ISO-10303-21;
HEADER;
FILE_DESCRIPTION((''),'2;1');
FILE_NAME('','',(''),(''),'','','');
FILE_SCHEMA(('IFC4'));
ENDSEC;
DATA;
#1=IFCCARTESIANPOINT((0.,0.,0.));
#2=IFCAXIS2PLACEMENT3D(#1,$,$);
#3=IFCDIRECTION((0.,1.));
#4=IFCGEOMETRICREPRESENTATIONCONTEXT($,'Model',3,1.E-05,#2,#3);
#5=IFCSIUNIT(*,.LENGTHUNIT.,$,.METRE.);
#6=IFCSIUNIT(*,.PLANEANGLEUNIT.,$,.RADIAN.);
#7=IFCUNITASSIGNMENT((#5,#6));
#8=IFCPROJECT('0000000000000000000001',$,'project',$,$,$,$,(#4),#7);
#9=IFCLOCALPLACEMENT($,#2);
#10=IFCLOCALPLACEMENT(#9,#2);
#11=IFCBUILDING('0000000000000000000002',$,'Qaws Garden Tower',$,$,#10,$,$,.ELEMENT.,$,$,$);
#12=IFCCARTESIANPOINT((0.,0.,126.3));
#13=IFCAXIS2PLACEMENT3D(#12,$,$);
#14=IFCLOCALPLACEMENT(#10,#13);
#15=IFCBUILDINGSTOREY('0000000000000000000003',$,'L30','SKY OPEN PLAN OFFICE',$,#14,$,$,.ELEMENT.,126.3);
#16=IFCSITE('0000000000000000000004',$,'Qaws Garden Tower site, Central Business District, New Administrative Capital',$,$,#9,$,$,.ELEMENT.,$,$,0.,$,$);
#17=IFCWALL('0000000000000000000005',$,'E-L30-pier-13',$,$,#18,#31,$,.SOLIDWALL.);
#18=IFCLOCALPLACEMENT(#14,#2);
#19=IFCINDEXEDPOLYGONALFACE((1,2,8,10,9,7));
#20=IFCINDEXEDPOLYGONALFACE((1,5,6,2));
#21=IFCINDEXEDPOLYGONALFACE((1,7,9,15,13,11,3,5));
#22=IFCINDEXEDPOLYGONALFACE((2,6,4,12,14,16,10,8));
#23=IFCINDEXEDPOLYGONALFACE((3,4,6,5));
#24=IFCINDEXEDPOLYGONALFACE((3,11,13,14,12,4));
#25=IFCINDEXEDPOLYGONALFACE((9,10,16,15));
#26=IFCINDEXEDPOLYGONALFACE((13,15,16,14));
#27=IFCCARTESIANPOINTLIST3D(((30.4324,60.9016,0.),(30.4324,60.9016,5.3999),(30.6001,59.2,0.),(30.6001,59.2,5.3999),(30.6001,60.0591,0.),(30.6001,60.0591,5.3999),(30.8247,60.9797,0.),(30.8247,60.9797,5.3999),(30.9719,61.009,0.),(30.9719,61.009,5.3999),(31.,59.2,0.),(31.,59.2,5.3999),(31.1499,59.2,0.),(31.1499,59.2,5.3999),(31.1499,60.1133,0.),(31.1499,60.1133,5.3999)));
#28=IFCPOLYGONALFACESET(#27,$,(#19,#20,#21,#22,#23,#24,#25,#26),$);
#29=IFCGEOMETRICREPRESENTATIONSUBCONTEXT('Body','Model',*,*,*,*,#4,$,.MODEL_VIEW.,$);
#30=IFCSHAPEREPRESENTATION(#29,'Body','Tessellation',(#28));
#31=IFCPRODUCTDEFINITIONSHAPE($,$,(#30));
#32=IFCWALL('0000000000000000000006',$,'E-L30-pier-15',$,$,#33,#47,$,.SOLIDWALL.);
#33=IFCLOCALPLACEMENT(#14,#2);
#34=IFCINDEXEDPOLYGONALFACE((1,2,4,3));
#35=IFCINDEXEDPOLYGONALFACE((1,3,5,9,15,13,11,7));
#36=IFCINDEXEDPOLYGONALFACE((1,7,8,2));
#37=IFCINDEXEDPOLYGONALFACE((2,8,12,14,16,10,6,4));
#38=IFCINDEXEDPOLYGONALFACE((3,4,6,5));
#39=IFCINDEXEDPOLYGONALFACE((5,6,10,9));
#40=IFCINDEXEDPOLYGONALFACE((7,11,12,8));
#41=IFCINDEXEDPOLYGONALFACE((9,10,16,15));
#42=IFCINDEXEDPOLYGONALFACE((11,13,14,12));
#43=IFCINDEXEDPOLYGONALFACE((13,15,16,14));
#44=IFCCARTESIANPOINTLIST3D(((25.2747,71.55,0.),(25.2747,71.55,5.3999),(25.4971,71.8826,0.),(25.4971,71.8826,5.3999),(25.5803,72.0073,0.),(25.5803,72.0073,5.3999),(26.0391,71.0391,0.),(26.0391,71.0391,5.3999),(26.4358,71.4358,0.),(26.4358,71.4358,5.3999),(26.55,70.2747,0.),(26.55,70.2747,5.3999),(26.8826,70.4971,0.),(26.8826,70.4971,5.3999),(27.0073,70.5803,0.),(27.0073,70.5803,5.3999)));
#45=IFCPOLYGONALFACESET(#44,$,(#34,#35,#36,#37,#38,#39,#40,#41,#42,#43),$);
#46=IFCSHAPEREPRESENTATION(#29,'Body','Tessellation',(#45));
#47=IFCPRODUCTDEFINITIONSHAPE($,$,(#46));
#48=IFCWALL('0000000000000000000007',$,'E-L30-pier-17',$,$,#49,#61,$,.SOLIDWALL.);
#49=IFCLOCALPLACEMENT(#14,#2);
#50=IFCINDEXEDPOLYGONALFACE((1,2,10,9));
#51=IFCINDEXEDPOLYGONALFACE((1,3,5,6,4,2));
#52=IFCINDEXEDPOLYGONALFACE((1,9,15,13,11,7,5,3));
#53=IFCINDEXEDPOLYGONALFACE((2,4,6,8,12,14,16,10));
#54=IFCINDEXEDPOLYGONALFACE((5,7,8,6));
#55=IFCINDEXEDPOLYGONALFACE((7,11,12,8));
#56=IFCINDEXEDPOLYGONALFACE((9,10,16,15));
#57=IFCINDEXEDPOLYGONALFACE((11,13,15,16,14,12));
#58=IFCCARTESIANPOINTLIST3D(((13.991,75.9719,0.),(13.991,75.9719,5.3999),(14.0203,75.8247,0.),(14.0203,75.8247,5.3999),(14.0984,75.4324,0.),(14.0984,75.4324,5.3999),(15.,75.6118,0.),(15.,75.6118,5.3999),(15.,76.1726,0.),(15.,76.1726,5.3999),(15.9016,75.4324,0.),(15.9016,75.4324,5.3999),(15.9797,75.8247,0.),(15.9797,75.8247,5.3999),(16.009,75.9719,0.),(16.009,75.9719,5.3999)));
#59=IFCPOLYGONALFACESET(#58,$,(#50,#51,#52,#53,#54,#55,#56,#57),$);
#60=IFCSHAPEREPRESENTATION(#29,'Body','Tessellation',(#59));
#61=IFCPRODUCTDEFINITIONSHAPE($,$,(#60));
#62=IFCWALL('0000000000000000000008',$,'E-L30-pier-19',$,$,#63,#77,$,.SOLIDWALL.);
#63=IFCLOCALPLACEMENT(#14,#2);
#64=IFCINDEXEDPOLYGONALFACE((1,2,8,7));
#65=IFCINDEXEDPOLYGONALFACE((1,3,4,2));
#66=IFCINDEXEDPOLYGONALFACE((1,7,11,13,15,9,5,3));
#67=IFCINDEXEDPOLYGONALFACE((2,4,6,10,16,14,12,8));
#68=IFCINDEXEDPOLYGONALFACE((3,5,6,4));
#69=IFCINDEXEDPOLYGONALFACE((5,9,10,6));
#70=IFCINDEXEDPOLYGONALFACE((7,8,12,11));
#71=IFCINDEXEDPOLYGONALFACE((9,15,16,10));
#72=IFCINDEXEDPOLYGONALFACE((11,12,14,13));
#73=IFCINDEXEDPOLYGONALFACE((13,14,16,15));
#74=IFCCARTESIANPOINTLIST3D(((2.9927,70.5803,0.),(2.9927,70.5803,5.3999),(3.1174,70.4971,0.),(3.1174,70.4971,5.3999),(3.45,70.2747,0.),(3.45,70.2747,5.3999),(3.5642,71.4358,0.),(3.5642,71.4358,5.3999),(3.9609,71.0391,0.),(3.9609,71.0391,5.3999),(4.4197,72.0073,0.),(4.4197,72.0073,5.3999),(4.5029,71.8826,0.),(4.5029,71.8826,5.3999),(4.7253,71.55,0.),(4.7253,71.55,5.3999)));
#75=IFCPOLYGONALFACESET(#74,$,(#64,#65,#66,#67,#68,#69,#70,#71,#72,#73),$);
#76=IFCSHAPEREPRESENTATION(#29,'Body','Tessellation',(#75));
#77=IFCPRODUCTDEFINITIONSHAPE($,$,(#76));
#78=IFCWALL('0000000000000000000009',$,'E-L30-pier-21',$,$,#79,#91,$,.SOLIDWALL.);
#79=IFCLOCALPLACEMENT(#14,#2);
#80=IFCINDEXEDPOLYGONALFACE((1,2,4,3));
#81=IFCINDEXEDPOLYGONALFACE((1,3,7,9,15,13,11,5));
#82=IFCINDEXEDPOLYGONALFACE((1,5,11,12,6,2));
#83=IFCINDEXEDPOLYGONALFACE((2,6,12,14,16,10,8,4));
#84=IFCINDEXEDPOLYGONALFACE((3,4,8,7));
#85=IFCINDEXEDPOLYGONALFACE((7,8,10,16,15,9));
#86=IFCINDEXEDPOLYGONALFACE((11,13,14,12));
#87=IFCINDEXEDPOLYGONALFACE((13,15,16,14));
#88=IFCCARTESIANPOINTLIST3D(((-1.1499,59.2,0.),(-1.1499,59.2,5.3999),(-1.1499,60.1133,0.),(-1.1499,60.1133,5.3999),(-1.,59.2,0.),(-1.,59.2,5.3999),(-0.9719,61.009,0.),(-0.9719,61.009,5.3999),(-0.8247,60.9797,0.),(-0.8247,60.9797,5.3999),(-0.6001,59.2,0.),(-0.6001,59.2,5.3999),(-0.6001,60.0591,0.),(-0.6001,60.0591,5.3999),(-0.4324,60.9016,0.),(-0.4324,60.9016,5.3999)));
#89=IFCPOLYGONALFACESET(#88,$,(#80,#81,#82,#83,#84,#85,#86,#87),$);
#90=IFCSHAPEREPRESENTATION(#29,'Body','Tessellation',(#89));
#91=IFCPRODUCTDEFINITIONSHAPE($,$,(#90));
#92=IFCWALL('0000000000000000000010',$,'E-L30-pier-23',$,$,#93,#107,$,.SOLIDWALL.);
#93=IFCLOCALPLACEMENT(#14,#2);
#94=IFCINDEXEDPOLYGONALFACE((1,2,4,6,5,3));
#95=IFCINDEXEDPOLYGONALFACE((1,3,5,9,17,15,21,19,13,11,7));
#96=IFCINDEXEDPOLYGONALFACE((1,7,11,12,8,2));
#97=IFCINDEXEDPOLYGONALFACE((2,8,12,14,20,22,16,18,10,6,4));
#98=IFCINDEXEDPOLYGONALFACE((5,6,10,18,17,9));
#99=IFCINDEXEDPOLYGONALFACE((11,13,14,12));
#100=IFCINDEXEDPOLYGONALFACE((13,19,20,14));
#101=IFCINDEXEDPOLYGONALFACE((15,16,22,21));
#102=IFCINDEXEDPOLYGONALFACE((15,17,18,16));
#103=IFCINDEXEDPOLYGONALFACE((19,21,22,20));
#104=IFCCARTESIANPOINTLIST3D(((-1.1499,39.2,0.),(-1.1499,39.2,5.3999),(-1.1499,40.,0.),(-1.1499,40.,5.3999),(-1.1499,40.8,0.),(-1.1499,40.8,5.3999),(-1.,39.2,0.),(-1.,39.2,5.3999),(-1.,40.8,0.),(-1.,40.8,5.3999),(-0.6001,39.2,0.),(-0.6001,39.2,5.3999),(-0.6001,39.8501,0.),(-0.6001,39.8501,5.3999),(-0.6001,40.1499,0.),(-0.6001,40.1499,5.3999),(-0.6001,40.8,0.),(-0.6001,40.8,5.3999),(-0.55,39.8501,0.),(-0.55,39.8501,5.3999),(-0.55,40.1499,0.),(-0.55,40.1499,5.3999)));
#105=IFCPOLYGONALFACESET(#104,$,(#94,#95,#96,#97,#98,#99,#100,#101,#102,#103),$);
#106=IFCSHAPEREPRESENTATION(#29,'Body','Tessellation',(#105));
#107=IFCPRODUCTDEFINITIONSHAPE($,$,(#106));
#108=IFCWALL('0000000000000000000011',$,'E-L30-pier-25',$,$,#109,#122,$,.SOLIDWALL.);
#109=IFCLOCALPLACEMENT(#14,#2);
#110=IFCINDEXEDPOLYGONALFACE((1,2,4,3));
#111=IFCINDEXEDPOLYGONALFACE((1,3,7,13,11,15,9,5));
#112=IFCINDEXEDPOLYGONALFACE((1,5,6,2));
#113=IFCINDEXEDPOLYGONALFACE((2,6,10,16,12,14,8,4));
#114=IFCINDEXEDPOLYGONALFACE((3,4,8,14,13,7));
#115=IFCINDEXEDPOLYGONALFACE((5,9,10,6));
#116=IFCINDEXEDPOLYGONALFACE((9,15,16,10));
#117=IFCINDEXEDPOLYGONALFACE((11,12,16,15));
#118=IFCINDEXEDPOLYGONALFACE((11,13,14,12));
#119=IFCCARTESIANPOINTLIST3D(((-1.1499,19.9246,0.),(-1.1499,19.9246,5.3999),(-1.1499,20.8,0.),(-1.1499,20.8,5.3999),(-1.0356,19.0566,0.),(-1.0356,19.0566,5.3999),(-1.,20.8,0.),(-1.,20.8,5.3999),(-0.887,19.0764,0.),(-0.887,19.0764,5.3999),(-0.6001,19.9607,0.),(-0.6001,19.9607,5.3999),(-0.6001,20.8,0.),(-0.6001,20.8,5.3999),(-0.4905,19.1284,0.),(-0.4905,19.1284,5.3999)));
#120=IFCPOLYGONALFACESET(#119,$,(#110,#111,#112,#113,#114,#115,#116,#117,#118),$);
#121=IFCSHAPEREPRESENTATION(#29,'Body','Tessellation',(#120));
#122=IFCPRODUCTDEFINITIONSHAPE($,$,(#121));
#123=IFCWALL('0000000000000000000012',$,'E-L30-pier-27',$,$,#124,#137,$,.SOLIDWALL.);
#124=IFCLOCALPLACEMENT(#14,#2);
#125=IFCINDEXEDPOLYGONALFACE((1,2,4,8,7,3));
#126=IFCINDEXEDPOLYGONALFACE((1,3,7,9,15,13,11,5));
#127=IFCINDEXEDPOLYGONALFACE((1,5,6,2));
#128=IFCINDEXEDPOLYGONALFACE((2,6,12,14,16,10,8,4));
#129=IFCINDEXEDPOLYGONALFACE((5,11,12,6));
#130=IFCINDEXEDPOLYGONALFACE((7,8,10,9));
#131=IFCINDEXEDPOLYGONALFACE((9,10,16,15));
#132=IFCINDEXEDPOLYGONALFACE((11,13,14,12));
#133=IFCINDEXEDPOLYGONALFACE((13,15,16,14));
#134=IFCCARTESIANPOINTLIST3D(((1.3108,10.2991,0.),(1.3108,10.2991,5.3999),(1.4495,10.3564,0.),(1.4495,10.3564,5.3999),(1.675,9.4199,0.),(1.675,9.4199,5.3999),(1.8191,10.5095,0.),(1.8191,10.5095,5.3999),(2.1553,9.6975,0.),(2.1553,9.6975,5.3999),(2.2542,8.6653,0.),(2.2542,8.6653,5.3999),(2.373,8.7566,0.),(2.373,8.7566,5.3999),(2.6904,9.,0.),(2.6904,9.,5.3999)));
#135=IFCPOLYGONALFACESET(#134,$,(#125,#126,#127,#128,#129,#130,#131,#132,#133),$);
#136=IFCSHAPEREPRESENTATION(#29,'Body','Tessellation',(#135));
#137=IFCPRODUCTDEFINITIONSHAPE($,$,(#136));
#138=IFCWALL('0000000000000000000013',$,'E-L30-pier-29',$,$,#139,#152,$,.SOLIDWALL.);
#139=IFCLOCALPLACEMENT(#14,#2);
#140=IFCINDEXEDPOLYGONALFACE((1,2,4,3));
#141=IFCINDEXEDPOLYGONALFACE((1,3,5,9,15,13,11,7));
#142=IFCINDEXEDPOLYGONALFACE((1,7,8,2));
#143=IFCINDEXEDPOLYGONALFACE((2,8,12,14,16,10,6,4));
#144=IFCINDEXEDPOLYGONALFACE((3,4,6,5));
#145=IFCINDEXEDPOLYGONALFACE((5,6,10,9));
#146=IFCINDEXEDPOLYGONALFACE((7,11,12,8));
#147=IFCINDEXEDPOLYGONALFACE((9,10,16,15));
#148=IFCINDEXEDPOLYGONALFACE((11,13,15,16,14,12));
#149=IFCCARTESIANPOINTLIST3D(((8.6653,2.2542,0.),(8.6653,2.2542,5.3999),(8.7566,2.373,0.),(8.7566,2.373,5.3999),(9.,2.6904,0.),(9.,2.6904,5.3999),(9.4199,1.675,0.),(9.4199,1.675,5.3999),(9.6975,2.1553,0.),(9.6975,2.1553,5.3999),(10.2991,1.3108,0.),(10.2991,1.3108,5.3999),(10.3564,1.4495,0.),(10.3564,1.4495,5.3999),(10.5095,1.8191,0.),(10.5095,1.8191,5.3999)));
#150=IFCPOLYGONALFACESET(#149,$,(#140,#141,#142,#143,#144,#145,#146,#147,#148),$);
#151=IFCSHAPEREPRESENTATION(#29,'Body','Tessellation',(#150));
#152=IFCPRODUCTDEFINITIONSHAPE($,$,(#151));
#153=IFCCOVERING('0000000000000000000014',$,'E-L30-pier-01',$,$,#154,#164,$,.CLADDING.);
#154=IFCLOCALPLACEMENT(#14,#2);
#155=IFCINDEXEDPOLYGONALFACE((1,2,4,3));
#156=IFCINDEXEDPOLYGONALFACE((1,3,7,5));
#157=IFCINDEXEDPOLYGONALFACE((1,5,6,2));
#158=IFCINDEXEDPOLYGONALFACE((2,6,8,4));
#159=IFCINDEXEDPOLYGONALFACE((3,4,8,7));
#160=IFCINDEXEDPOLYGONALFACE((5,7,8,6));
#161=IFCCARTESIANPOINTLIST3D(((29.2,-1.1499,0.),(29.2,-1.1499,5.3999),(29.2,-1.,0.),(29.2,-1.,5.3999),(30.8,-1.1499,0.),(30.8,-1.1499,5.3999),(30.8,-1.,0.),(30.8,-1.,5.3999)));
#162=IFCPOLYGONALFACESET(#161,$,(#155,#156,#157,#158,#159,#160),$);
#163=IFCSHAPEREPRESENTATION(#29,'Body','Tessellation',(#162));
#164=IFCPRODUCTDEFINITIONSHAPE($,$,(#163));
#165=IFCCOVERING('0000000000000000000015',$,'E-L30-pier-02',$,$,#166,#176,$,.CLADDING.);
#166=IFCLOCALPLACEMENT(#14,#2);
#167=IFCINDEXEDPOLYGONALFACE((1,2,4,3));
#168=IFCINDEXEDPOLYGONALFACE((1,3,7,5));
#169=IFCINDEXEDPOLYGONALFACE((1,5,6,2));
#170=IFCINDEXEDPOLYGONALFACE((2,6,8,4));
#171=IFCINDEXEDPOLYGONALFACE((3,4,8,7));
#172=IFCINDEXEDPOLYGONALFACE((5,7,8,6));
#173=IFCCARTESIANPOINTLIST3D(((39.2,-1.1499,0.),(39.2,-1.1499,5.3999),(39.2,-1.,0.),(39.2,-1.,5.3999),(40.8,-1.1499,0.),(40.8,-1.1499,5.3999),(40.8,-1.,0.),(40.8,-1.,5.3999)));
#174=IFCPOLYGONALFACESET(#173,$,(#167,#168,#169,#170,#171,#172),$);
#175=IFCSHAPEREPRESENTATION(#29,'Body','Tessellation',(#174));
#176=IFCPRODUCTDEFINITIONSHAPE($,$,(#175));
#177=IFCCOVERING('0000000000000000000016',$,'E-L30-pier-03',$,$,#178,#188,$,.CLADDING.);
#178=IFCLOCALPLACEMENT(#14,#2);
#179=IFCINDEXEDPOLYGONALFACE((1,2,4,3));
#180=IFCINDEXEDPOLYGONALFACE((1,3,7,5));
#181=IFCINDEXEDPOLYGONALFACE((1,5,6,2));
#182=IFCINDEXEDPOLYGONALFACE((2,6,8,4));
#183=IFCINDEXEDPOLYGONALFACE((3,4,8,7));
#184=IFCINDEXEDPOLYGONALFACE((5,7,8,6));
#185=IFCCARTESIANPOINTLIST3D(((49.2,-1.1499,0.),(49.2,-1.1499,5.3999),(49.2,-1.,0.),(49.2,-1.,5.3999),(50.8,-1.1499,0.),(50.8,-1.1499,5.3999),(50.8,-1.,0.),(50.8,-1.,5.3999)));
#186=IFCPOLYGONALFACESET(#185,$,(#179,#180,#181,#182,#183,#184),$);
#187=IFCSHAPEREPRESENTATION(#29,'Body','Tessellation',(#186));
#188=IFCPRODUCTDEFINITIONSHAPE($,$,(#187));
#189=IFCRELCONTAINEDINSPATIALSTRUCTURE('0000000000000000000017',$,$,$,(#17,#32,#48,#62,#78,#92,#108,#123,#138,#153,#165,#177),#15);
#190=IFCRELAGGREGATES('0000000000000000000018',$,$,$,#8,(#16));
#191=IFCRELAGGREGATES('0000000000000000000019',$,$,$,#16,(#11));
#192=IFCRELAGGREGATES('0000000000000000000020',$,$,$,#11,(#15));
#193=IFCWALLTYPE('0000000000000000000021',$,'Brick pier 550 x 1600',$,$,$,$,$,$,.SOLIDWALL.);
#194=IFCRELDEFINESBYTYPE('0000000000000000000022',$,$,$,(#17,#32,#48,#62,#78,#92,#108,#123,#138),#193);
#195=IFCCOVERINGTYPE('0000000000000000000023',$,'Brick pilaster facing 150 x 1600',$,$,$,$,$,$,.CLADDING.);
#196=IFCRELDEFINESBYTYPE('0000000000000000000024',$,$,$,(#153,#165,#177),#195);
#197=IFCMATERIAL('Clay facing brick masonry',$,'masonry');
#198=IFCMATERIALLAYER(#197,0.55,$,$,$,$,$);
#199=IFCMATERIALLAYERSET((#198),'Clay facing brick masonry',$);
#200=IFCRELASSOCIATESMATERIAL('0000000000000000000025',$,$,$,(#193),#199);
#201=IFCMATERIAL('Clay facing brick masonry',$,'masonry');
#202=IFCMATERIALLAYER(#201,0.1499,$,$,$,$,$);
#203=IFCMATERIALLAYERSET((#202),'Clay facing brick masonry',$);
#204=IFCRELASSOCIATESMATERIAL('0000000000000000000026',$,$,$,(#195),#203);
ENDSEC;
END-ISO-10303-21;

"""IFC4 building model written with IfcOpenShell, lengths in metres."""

from ifc_helpers import new_model, si_unit, direction, frame, origin, place, context, subcontext, project, spatial, polyline, outline, extrude, material, layer, layer_set, type_object, element, save


model = new_model("IFC4")

# Units and contexts
model_context = context("Model", 3, precision=1e-05, world=origin(), true_north=direction((0.0, 1.0)))
body_context = subcontext(model_context, "Body", "Model", "MODEL_VIEW")
ifc_project = project(units=[si_unit("LENGTHUNIT", "METRE"), si_unit("PLANEANGLEUNIT", "RADIAN")], contexts=[model_context])

# Site, building, storey
site_placement = place(None, origin())
site = spatial("IfcSite", under=ifc_project, at=site_placement, Name="Qaws Garden Tower site, Central Business District, New Administrative Capital", CompositionType="ELEMENT", RefElevation=0.0)
building_placement = place(site_placement, origin())
building = spatial("IfcBuilding", under=site, at=building_placement, Name="Qaws Garden Tower", CompositionType="ELEMENT")
storey_placement = place(building_placement, frame((0.0, 0.0, 126.3)))
storey = spatial("IfcBuildingStorey", under=building, at=storey_placement, Name="L30", Description="SKY OPEN PLAN OFFICE", CompositionType="ELEMENT", Elevation=126.3)

# Walls
placement_1 = place(storey_placement, origin())
ifc_material_1 = material(Name="Clay facing brick masonry", Category="masonry")
ifc_layer_1 = layer(ifc_material_1, 0.55)
ifc_layer_set_1 = layer_set([ifc_layer_1], Name="Clay facing brick masonry")
wall_type_1 = type_object("IfcWallType", Name="Brick pier 550 x 1600", PredefinedType="SOLIDWALL", material=ifc_layer_set_1)
element("IfcWall", 1, at=placement_1, inside=storey, type_object=wall_type_1, Name="E-L30-pier-13", PredefinedType="SOLIDWALL", context=body_context, shape_type="SweptSolid", body=[
    extrude(outline(polyline([(31.0, 59.2), (31.1499, 59.2), (31.1499, 60.1133), (30.9719, 61.009), (30.8247, 60.9797), (30.4324, 60.9016), (30.6001, 60.0591), (30.6001, 59.2), (31.0, 59.2)])), origin(), (0.0, 0.0, 1.0), 5.3999),
])
element("IfcWall", 2, at=placement_1, inside=storey, type_object=wall_type_1, Name="E-L30-pier-15", PredefinedType="SOLIDWALL", context=body_context, shape_type="SweptSolid", body=[
    extrude(outline(polyline([(26.8826, 70.4971), (27.0073, 70.5803), (26.4358, 71.4358), (25.5803, 72.0073), (25.4971, 71.8826), (25.2747, 71.55), (26.0391, 71.0391), (26.55, 70.2747), (26.8826, 70.4971)])), origin(), (0.0, 0.0, 1.0), 5.3999),
])
element("IfcWall", 3, at=placement_1, inside=storey, type_object=wall_type_1, Name="E-L30-pier-17", PredefinedType="SOLIDWALL", context=body_context, shape_type="SweptSolid", body=[
    extrude(outline(polyline([(15.9797, 75.8247), (16.009, 75.9719), (15.0, 76.1726), (13.991, 75.9719), (14.0203, 75.8247), (14.0984, 75.4324), (15.0, 75.6118), (15.9016, 75.4324), (15.9797, 75.8247)])), origin(), (0.0, 0.0, 1.0), 5.3999),
])
element("IfcWall", 4, at=placement_1, inside=storey, type_object=wall_type_1, Name="E-L30-pier-19", PredefinedType="SOLIDWALL", context=body_context, shape_type="SweptSolid", body=[
    extrude(outline(polyline([(4.5029, 71.8826), (4.4197, 72.0073), (3.5642, 71.4358), (2.9927, 70.5803), (3.1174, 70.4971), (3.45, 70.2747), (3.9609, 71.0391), (4.7253, 71.55), (4.5029, 71.8826)])), origin(), (0.0, 0.0, 1.0), 5.3999),
])
element("IfcWall", 5, at=placement_1, inside=storey, type_object=wall_type_1, Name="E-L30-pier-21", PredefinedType="SOLIDWALL", context=body_context, shape_type="SweptSolid", body=[
    extrude(outline(polyline([(-0.8247, 60.9797), (-0.9719, 61.009), (-1.1499, 60.1133), (-1.1499, 59.2), (-1.0, 59.2), (-0.6001, 59.2), (-0.6001, 60.0591), (-0.4324, 60.9016), (-0.8247, 60.9797)])), origin(), (0.0, 0.0, 1.0), 5.3999),
])
element("IfcWall", 6, at=placement_1, inside=storey, type_object=wall_type_1, Name="E-L30-pier-23", PredefinedType="SOLIDWALL", context=body_context, shape_type="SweptSolid", body=[
    extrude(outline(polyline([(-0.6001, 39.2), (-0.6001, 39.8501), (-0.55, 39.8501), (-0.55, 40.1499), (-0.6001, 40.1499), (-0.6001, 40.8), (-1.0, 40.8), (-1.1499, 40.8), (-1.1499, 40.0), (-1.1499, 39.2), (-1.0, 39.2), (-0.6001, 39.2)])), origin(), (0.0, 0.0, 1.0), 5.3999),
])
element("IfcWall", 7, at=placement_1, inside=storey, type_object=wall_type_1, Name="E-L30-pier-25", PredefinedType="SOLIDWALL", context=body_context, shape_type="SweptSolid", body=[
    extrude(outline(polyline([(-1.0, 20.8), (-1.1499, 20.8), (-1.1499, 19.9246), (-1.0356, 19.0566), (-0.887, 19.0764), (-0.4905, 19.1284), (-0.6001, 19.9607), (-0.6001, 20.8), (-1.0, 20.8)])), origin(), (0.0, 0.0, 1.0), 5.3999),
])
element("IfcWall", 8, at=placement_1, inside=storey, type_object=wall_type_1, Name="E-L30-pier-27", PredefinedType="SOLIDWALL", context=body_context, shape_type="SweptSolid", body=[
    extrude(outline(polyline([(1.4495, 10.3564), (1.3108, 10.2991), (1.675, 9.4199), (2.2542, 8.6653), (2.373, 8.7566), (2.6904, 9.0), (2.1553, 9.6975), (1.8191, 10.5095), (1.4495, 10.3564)])), origin(), (0.0, 0.0, 1.0), 5.3999),
])
element("IfcWall", 9, at=placement_1, inside=storey, type_object=wall_type_1, Name="E-L30-pier-29", PredefinedType="SOLIDWALL", context=body_context, shape_type="SweptSolid", body=[
    extrude(outline(polyline([(8.7566, 2.373), (8.6653, 2.2542), (9.4199, 1.675), (10.2991, 1.3108), (10.3564, 1.4495), (10.5095, 1.8191), (9.6975, 2.1553), (9.0, 2.6904), (8.7566, 2.373)])), origin(), (0.0, 0.0, 1.0), 5.3999),
])

# Coverings
ifc_material_2 = material(Name="Clay facing brick masonry", Category="masonry")
ifc_layer_2 = layer(ifc_material_2, 0.1499)
ifc_layer_set_2 = layer_set([ifc_layer_2], Name="Clay facing brick masonry")
covering_type = type_object("IfcCoveringType", Name="Brick pilaster facing 150 x 1600", PredefinedType="CLADDING", material=ifc_layer_set_2)
element("IfcCovering", 10, at=placement_1, inside=storey, type_object=covering_type, Name="E-L30-pier-01", PredefinedType="CLADDING", context=body_context, shape_type="SweptSolid", body=[
    extrude(outline(polyline([(29.2, -1.0), (30.8, -1.0), (30.8, -1.1499), (29.2, -1.1499), (29.2, -1.0)])), origin(), (0.0, 0.0, 1.0), 5.3999),
])
element("IfcCovering", 11, at=placement_1, inside=storey, type_object=covering_type, Name="E-L30-pier-02", PredefinedType="CLADDING", context=body_context, shape_type="SweptSolid", body=[
    extrude(outline(polyline([(39.2, -1.0), (40.8, -1.0), (40.8, -1.1499), (39.2, -1.1499), (39.2, -1.0)])), origin(), (0.0, 0.0, 1.0), 5.3999),
])
element("IfcCovering", 12, at=placement_1, inside=storey, type_object=covering_type, Name="E-L30-pier-03", PredefinedType="CLADDING", context=body_context, shape_type="SweptSolid", body=[
    extrude(outline(polyline([(49.2, -1.0), (50.8, -1.0), (50.8, -1.1499), (49.2, -1.1499), (49.2, -1.0)])), origin(), (0.0, 0.0, 1.0), 5.3999),
])

save(model, "model.ifc")
